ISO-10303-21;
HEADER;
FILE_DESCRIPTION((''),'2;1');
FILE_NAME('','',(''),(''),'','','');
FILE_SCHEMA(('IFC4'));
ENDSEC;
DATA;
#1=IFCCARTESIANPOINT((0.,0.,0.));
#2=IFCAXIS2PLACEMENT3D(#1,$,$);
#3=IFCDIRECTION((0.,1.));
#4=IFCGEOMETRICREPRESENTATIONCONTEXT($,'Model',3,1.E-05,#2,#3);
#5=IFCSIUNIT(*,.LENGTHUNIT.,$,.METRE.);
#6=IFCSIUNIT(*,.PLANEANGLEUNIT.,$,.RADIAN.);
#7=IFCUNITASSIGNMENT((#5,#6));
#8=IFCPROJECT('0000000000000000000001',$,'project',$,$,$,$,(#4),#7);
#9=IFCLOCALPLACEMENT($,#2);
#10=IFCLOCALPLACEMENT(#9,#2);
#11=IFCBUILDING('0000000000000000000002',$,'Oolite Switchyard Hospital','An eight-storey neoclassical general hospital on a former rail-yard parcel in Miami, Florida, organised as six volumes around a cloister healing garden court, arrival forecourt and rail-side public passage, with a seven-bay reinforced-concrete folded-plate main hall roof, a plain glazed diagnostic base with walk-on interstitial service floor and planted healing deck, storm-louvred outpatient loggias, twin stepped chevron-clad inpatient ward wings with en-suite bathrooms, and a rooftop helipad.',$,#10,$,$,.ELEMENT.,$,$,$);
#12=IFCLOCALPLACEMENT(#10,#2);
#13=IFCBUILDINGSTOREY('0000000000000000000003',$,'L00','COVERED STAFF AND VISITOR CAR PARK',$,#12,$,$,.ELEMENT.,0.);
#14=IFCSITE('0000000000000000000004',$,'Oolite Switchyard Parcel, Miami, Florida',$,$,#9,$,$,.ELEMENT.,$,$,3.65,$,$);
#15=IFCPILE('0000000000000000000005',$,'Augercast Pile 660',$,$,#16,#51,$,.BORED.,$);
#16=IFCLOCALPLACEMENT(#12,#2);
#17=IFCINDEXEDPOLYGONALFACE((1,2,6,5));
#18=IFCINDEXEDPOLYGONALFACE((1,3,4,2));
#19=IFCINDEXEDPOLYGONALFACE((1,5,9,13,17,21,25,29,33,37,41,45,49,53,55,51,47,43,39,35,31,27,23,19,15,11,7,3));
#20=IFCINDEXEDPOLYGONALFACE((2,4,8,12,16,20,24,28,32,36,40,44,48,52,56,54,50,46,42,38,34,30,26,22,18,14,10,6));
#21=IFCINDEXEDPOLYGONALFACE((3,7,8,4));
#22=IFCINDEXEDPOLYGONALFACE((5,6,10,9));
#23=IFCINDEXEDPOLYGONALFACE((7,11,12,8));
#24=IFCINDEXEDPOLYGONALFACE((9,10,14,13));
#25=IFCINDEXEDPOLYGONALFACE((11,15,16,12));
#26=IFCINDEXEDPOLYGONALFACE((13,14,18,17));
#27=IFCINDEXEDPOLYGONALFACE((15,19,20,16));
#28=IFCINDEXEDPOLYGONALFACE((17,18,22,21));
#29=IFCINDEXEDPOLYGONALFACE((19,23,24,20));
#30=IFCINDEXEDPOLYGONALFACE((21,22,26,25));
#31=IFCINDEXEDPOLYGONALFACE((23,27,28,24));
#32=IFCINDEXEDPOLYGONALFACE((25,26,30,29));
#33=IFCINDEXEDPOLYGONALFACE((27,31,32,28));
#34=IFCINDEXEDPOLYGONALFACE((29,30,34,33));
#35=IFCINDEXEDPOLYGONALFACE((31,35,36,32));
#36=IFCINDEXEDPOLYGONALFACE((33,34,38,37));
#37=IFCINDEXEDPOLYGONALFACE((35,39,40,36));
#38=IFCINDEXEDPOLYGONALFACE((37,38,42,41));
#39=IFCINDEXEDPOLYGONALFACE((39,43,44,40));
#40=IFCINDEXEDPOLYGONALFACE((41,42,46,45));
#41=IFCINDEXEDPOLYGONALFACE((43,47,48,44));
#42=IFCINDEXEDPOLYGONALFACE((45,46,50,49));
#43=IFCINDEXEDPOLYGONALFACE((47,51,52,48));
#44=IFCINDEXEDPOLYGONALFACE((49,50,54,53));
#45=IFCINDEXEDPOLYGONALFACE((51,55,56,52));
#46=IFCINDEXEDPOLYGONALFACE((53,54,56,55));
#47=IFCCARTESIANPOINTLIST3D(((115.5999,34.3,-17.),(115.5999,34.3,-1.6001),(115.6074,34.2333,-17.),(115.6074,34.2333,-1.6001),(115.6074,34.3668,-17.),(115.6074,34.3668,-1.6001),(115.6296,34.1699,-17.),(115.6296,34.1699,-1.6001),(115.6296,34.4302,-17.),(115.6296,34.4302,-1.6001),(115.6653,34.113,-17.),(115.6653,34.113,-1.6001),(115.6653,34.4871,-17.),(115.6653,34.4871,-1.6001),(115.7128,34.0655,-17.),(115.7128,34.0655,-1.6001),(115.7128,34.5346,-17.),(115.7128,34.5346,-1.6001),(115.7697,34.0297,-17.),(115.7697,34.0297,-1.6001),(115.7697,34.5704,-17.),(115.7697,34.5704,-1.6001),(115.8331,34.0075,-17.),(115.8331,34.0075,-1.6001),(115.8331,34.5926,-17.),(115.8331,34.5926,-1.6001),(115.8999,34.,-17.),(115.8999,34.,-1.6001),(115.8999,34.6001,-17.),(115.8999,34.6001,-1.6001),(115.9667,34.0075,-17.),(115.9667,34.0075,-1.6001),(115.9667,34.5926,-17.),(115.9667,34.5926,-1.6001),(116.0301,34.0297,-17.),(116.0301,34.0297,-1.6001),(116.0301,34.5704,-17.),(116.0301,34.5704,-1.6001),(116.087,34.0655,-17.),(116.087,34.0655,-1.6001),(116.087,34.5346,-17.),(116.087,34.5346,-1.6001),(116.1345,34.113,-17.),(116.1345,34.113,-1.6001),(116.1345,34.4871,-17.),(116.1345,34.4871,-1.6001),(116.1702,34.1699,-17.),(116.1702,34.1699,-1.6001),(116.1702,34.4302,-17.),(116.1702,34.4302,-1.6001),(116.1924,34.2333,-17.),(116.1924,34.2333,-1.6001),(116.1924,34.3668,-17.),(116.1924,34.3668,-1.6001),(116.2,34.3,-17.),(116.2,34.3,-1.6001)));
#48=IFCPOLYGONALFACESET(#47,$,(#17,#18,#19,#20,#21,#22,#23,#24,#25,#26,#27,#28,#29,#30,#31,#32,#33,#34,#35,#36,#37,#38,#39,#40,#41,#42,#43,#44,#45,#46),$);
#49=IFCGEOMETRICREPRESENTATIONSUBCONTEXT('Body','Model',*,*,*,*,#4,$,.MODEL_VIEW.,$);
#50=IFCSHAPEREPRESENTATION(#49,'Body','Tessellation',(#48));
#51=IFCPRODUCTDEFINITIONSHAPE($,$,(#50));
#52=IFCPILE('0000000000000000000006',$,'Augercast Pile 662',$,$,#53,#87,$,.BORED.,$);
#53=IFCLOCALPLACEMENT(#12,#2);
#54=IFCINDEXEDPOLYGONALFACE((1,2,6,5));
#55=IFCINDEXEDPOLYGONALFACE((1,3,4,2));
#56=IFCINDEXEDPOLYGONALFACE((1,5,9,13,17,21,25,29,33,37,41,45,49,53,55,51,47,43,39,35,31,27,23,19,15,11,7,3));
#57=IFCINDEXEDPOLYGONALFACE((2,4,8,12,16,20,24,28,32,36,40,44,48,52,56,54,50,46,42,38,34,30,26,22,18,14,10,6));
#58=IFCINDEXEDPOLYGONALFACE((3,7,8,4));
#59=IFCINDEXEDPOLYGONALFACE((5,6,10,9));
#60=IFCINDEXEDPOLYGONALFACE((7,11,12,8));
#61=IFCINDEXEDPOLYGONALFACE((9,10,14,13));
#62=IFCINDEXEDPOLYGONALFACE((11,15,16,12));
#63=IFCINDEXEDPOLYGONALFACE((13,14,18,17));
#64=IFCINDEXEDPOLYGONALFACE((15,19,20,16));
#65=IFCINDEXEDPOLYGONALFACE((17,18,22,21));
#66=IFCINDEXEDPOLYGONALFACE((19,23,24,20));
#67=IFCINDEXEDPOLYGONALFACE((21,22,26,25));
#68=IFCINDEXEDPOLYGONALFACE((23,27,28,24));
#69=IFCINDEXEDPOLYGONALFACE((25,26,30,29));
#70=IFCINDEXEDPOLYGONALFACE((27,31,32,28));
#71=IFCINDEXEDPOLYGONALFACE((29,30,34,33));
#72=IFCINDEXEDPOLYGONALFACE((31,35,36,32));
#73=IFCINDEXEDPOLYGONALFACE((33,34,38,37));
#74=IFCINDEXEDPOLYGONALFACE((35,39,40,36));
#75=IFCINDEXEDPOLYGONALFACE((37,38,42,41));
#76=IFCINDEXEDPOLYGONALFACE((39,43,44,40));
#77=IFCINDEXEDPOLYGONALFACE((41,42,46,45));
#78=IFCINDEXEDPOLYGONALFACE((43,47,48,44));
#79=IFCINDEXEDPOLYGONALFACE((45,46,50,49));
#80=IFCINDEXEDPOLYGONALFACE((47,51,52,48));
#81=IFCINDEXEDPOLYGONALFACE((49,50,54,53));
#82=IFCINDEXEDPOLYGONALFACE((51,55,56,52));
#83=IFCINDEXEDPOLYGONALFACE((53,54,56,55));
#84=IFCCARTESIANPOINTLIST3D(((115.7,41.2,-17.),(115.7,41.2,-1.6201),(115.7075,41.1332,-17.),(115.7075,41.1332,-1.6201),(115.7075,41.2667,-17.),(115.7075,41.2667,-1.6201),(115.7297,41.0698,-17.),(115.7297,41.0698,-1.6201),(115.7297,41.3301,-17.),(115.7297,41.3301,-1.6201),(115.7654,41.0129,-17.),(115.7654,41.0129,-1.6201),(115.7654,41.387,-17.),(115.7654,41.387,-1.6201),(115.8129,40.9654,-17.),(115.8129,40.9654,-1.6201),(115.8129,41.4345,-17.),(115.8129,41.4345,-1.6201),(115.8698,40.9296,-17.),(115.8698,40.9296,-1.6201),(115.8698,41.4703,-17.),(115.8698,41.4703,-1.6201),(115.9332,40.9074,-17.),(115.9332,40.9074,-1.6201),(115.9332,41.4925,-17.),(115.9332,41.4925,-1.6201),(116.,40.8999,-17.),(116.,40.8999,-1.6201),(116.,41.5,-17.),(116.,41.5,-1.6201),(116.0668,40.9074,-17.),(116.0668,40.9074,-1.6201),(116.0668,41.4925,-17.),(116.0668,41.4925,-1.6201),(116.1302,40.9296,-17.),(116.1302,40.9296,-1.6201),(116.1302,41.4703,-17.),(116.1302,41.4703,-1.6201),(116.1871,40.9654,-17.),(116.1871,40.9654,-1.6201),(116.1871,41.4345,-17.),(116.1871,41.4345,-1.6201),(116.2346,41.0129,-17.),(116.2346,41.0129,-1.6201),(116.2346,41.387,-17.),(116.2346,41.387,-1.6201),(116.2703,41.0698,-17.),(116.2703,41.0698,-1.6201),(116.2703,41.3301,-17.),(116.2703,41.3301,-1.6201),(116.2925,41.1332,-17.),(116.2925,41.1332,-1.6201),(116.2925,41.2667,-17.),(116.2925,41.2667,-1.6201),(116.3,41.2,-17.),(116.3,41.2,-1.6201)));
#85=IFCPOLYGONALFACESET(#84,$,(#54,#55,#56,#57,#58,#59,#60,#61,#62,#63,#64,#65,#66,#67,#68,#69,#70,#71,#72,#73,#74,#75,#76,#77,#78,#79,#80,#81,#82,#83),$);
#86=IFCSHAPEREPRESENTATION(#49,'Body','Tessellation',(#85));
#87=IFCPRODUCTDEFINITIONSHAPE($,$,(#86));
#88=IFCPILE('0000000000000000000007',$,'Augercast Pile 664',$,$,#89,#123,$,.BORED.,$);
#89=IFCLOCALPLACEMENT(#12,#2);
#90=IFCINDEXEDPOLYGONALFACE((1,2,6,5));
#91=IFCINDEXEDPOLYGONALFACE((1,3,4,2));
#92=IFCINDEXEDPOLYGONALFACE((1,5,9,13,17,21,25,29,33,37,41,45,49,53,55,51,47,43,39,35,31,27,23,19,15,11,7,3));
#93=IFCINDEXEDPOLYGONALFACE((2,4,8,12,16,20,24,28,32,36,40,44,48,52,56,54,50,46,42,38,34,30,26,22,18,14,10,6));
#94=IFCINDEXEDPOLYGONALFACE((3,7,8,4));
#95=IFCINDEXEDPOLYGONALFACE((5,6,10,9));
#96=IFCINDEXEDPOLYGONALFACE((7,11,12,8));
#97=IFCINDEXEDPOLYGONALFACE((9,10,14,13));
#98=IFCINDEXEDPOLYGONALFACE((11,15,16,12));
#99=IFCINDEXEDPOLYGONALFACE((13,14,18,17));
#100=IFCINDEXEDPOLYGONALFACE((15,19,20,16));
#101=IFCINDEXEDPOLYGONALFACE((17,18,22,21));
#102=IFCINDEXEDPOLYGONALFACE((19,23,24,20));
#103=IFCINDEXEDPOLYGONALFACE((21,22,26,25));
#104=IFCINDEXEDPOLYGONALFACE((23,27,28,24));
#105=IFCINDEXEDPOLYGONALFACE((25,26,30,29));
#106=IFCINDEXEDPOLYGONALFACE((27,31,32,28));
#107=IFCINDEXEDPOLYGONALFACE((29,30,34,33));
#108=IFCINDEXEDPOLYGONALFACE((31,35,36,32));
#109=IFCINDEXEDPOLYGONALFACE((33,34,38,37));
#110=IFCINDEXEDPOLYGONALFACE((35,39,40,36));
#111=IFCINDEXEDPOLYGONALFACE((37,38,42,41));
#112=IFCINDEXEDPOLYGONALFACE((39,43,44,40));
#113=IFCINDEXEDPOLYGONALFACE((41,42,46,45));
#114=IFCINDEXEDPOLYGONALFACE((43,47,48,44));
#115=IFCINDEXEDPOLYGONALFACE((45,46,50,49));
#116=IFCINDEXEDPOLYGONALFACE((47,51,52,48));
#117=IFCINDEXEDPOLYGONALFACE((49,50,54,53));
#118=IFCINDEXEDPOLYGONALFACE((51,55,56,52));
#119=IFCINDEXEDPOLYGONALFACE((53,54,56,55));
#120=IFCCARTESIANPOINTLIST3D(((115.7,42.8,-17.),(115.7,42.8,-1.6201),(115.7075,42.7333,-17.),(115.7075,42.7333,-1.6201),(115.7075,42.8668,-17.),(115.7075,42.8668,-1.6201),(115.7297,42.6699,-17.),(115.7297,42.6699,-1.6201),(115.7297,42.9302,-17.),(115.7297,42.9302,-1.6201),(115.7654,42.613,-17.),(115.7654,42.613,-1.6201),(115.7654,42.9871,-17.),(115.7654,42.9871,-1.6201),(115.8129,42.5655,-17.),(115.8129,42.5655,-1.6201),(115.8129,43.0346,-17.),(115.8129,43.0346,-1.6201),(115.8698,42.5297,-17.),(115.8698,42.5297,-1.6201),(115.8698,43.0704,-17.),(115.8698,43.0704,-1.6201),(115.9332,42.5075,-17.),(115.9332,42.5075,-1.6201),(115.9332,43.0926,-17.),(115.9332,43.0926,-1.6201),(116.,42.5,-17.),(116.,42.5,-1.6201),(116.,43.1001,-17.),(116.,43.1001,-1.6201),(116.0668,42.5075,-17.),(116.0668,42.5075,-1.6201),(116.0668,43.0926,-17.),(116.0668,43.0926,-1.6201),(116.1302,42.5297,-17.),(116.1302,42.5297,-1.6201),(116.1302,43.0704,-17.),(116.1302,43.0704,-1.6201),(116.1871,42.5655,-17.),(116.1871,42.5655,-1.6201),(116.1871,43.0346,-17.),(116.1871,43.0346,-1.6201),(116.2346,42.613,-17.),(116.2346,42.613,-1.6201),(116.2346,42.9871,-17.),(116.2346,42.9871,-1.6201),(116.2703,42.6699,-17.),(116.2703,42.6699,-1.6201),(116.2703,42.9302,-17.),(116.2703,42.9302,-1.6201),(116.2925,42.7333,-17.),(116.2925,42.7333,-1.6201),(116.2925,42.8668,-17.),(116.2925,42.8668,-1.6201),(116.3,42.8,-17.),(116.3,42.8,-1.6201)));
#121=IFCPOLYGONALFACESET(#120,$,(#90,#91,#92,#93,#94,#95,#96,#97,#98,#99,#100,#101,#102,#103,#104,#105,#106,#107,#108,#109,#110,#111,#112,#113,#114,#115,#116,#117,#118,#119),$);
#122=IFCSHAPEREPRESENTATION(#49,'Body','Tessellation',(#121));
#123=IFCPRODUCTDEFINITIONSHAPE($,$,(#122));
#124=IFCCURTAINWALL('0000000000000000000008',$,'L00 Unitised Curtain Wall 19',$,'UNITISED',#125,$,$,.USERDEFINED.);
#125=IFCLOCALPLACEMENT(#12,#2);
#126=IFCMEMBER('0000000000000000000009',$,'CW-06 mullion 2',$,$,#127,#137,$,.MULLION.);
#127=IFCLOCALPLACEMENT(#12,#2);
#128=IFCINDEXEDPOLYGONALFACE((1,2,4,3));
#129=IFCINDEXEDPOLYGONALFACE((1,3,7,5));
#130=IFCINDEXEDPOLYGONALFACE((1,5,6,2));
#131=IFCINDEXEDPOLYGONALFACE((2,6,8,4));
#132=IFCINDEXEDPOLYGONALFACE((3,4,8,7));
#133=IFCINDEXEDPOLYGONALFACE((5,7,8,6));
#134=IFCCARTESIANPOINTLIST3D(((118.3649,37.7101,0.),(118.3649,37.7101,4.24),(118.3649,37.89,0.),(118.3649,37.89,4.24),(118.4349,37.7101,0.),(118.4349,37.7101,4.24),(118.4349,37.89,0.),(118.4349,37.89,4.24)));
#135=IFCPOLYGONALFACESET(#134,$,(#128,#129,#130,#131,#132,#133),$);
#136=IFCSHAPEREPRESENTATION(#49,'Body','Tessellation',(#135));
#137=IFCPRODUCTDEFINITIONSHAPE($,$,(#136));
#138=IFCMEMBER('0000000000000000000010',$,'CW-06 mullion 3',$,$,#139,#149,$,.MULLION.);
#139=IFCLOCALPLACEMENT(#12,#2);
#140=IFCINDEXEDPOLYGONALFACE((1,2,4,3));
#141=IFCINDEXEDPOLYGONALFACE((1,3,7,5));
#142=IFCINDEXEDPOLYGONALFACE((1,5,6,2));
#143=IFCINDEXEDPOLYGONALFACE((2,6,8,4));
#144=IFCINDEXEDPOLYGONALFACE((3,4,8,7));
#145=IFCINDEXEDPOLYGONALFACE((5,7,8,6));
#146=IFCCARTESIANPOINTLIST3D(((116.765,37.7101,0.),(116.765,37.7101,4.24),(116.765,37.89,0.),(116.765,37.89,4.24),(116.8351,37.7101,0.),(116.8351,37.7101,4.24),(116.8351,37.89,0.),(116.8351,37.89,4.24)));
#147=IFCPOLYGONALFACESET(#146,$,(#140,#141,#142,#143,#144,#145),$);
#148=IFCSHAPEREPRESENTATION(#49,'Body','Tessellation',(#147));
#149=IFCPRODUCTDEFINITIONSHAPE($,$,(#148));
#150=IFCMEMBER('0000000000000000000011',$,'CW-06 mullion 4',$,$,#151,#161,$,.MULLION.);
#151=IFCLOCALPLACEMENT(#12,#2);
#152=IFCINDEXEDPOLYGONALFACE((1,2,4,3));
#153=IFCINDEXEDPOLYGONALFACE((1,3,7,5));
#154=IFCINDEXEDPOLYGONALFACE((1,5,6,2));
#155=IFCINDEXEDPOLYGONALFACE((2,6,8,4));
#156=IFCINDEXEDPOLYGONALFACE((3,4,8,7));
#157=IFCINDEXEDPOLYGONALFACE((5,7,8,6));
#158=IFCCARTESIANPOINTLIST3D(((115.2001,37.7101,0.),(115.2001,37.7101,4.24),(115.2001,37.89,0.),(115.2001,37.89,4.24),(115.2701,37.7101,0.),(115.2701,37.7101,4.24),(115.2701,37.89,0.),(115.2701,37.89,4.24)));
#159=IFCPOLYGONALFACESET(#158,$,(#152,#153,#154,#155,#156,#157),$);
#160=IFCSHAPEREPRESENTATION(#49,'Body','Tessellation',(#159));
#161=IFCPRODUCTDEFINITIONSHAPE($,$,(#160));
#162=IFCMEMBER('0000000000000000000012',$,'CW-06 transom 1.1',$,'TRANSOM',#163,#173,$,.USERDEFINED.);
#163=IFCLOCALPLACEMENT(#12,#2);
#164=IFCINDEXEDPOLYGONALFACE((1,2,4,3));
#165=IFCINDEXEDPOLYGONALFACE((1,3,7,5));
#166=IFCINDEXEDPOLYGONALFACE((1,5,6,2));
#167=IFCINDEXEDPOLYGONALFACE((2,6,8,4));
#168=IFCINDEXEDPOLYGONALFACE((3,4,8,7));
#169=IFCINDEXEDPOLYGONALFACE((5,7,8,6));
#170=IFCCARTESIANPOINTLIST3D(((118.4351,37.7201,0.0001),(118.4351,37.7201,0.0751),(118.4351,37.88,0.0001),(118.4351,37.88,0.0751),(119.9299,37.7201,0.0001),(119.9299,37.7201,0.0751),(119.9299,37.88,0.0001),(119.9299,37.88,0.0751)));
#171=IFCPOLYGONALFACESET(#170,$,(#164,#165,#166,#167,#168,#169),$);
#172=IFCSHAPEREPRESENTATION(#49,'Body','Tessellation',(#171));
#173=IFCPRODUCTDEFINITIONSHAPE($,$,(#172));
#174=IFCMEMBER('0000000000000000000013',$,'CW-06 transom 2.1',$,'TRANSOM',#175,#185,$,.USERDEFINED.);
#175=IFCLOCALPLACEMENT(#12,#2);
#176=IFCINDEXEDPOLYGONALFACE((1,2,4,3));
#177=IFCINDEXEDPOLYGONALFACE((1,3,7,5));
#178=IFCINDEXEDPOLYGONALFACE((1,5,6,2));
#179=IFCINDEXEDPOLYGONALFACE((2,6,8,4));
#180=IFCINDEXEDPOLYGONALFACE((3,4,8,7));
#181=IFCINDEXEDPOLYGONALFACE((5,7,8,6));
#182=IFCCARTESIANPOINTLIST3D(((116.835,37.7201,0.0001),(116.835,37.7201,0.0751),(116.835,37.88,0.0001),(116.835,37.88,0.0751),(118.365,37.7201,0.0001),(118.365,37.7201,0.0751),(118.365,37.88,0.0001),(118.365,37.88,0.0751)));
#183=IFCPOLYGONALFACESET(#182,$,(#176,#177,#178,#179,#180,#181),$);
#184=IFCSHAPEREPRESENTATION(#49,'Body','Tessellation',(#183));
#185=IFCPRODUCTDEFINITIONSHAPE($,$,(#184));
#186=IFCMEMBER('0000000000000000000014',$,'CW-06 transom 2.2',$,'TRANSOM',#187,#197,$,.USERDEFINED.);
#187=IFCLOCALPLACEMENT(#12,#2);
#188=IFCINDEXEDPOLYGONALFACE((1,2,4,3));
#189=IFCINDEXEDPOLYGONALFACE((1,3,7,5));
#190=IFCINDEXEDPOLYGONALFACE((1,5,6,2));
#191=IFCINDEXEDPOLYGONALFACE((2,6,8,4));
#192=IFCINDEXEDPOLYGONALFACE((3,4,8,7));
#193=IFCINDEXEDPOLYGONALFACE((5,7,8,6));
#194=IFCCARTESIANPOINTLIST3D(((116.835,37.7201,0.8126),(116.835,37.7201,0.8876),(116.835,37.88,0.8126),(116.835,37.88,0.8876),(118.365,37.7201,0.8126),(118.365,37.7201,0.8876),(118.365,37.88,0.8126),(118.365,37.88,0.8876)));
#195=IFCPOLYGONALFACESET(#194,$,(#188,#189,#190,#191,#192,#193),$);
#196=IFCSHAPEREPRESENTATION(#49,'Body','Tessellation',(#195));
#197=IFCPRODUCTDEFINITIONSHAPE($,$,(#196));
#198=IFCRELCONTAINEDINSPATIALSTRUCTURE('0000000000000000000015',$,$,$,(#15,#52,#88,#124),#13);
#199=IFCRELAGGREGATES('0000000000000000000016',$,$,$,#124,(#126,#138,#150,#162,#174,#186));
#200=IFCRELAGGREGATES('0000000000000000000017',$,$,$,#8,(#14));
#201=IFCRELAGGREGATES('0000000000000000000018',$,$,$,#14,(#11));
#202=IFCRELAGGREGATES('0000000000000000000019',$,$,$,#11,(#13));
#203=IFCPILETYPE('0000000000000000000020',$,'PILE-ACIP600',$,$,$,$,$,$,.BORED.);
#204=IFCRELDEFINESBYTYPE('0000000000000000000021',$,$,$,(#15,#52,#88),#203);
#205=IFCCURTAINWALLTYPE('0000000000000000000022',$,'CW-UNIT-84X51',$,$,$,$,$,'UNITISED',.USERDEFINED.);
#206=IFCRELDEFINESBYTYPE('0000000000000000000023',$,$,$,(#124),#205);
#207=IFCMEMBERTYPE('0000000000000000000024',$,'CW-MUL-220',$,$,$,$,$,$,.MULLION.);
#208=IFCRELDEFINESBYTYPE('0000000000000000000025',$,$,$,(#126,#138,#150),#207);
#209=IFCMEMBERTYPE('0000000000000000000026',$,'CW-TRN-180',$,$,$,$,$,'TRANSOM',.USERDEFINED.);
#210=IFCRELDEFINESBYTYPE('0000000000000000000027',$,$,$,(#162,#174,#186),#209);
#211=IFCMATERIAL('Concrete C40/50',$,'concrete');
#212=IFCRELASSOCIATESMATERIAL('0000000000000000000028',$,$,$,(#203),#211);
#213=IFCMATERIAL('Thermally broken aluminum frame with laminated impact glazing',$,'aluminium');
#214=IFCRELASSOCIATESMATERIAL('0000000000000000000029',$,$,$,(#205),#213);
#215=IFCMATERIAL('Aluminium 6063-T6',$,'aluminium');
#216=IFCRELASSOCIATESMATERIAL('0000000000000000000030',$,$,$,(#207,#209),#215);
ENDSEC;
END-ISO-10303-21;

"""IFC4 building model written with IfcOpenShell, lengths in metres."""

from ifc_helpers import new_model, si_unit, direction, frame, origin, origin_2d, place, context, subcontext, project, spatial, rectangle, circle, extrude, material, material_profile, profile_set, type_object, element, aggregate, save


model = new_model("IFC4")

# Units and contexts
model_context = context("Model", 3, precision=1e-05, world=origin(), true_north=direction((0.0, 1.0)))
body_context = subcontext(model_context, "Body", "Model", "MODEL_VIEW")
ifc_project = project(units=[si_unit("LENGTHUNIT", "METRE"), si_unit("PLANEANGLEUNIT", "RADIAN")], contexts=[model_context])

# Site, building, storey
site_placement = place(None, origin())
site = spatial("IfcSite", under=ifc_project, at=site_placement, Name="Oolite Switchyard Parcel, Miami, Florida", CompositionType="ELEMENT", RefElevation=3.65)
building_placement = place(site_placement, origin())
building = spatial("IfcBuilding", under=site, at=building_placement, Name="Oolite Switchyard Hospital", Description="An eight-storey neoclassical general hospital on a former rail-yard parcel in Miami, Florida, organised as six volumes around a cloister healing garden court, arrival forecourt and rail-side public passage, with a seven-bay reinforced-concrete folded-plate main hall roof, a plain glazed diagnostic base with walk-on interstitial service floor and planted healing deck, storm-louvred outpatient loggias, twin stepped chevron-clad inpatient ward wings with en-suite bathrooms, and a rooftop helipad.", CompositionType="ELEMENT")
storey_placement = place(building_placement, origin())
storey = spatial("IfcBuildingStorey", under=building, at=storey_placement, Name="L00", Description="COVERED STAFF AND VISITOR CAR PARK", CompositionType="ELEMENT", Elevation=0.0)

# Piles
ifc_material_1 = material(Name="Concrete C40/50", Category="concrete")
ifc_material_profile_1 = material_profile(ifc_material_1, circle(Radius=0.3, at=origin_2d()), Name="PILE600")
ifc_profile_set_1 = profile_set([ifc_material_profile_1], Name="Concrete C40/50")
pile_type = type_object("IfcPileType", Name="PILE-ACIP600", PredefinedType="BORED", material=ifc_profile_set_1)
pile_placement = place(storey_placement, frame((115.8999, 34.3, -1.6001), z_axis=(0.0, 0.0, -1.0), x_axis=(1.0, 0.0, 0.0)))
element("IfcPile", 1, at=pile_placement, inside=storey, type_object=pile_type, Name="Augercast Pile 660", PredefinedType="BORED", context=body_context, shape_type="SweptSolid", body=[
    extrude(circle(Radius=0.3, at=origin_2d()), origin(), (0.0, 0.0, 1.0), 15.3999),
])
for number, where, z_axis, x_axis, name in (
    (2, (116.0, 41.2, -1.6201), (0.0, 0.0, -1.0), (1.0, 0.0, 0.0), "Augercast Pile 662"),
    (3, (116.0, 42.8, -1.6201), (0.0, 0.0, -1.0), (1.0, 0.0, 0.0), "Augercast Pile 664"),
):
    element("IfcPile", number, at=place(storey_placement, frame(where, z_axis=z_axis, x_axis=x_axis)), inside=storey, type_object=pile_type, Name=name, PredefinedType="BORED", context=body_context, shape_type="SweptSolid", body=[
        extrude(circle(Radius=0.3, at=origin_2d()), origin(), (0.0, 0.0, 1.0), 15.3799),
    ])

# Curtain wall, members
ifc_material_2 = material(Name="Thermally broken aluminum frame with laminated impact glazing", Category="aluminium")
curtain_wall_type = type_object("IfcCurtainWallType", Name="CW-UNIT-84X51", ElementType="UNITISED", PredefinedType="USERDEFINED", material=ifc_material_2)
curtain_wall_placement = place(storey_placement, origin())
curtain_wall = element("IfcCurtainWall", 4, at=curtain_wall_placement, inside=storey, type_object=curtain_wall_type, Name="L00 Unitised Curtain Wall 19", ObjectType="UNITISED", PredefinedType="USERDEFINED")
ifc_material_3 = material(Name="Aluminium 6063-T6", Category="aluminium")
ifc_material_profile_2 = material_profile(ifc_material_3, rectangle(XDim=0.1799, YDim=0.0701, at=origin_2d()), Name="CWM70X180")
ifc_profile_set_2 = profile_set([ifc_material_profile_2], Name="Aluminium 6063-T6")
member_type_1 = type_object("IfcMemberType", Name="CW-MUL-220", PredefinedType="MULLION", material=ifc_profile_set_2)
member_1_placement = place(storey_placement, frame((118.3999, 37.8, 0.0), z_axis=(0.0, 0.0, 1.0), x_axis=(0.0, -1.0, 0.0)))
member_1 = element("IfcMember", 5, at=member_1_placement, type_object=member_type_1, Name="CW-06 mullion 2", PredefinedType="MULLION", context=body_context, shape_type="SweptSolid", body=[
    extrude(rectangle(XDim=0.1799, YDim=0.0701, at=origin_2d()), origin(), (0.0, 0.0, 1.0), 4.24),
])
member_2_placement = place(storey_placement, frame((116.8, 37.8, 0.0), z_axis=(0.0, 0.0, 1.0), x_axis=(0.0, -1.0, 0.0)))
member_2 = element("IfcMember", 6, at=member_2_placement, type_object=member_type_1, Name="CW-06 mullion 3", PredefinedType="MULLION", context=body_context, shape_type="SweptSolid", body=[
    extrude(rectangle(XDim=0.1799, YDim=0.0701, at=origin_2d()), origin(), (0.0, 0.0, 1.0), 4.24),
])
member_3_placement = place(storey_placement, frame((115.2351, 37.8, 0.0), z_axis=(0.0, 0.0, 1.0), x_axis=(0.0, -1.0, 0.0)))
member_3 = element("IfcMember", 7, at=member_3_placement, type_object=member_type_1, Name="CW-06 mullion 4", PredefinedType="MULLION", context=body_context, shape_type="SweptSolid", body=[
    extrude(rectangle(XDim=0.1799, YDim=0.0701, at=origin_2d()), origin(), (0.0, 0.0, 1.0), 4.24),
])
ifc_material_profile_3 = material_profile(ifc_material_3, rectangle(XDim=0.1599, YDim=0.075, at=origin_2d()), Name="CWT75X160")
ifc_profile_set_3 = profile_set([ifc_material_profile_3], Name="Aluminium 6063-T6")
member_type_2 = type_object("IfcMemberType", Name="CW-TRN-180", ElementType="TRANSOM", PredefinedType="USERDEFINED", material=ifc_profile_set_3)
member_4_placement = place(storey_placement, frame((119.9299, 37.8, 0.0376), z_axis=(-1.0, 0.0, 0.0), x_axis=(0.0, -1.0, 0.0)))
member_4 = element("IfcMember", 8, at=member_4_placement, type_object=member_type_2, Name="CW-06 transom 1.1", ObjectType="TRANSOM", PredefinedType="USERDEFINED", context=body_context, shape_type="SweptSolid", body=[
    extrude(rectangle(XDim=0.1599, YDim=0.075, at=origin_2d()), origin(), (0.0, 0.0, 1.0), 1.4949),
])
member_5_placement = place(storey_placement, frame((118.365, 37.8, 0.0376), z_axis=(-1.0, 0.0, 0.0), x_axis=(0.0, -1.0, 0.0)))
member_5 = element("IfcMember", 9, at=member_5_placement, type_object=member_type_2, Name="CW-06 transom 2.1", ObjectType="TRANSOM", PredefinedType="USERDEFINED", context=body_context, shape_type="SweptSolid", body=[
    extrude(rectangle(XDim=0.1599, YDim=0.075, at=origin_2d()), origin(), (0.0, 0.0, 1.0), 1.53),
])
member_6_placement = place(storey_placement, frame((118.365, 37.8, 0.8501), z_axis=(-1.0, 0.0, 0.0), x_axis=(0.0, -1.0, 0.0)))
member_6 = element("IfcMember", 10, at=member_6_placement, type_object=member_type_2, Name="CW-06 transom 2.2", ObjectType="TRANSOM", PredefinedType="USERDEFINED", context=body_context, shape_type="SweptSolid", body=[
    extrude(rectangle(XDim=0.1599, YDim=0.075, at=origin_2d()), origin(), (0.0, 0.0, 1.0), 1.53),
])
aggregate(curtain_wall, [member_1, member_2, member_3, member_4, member_5, member_6])

save(model, "model.ifc")
